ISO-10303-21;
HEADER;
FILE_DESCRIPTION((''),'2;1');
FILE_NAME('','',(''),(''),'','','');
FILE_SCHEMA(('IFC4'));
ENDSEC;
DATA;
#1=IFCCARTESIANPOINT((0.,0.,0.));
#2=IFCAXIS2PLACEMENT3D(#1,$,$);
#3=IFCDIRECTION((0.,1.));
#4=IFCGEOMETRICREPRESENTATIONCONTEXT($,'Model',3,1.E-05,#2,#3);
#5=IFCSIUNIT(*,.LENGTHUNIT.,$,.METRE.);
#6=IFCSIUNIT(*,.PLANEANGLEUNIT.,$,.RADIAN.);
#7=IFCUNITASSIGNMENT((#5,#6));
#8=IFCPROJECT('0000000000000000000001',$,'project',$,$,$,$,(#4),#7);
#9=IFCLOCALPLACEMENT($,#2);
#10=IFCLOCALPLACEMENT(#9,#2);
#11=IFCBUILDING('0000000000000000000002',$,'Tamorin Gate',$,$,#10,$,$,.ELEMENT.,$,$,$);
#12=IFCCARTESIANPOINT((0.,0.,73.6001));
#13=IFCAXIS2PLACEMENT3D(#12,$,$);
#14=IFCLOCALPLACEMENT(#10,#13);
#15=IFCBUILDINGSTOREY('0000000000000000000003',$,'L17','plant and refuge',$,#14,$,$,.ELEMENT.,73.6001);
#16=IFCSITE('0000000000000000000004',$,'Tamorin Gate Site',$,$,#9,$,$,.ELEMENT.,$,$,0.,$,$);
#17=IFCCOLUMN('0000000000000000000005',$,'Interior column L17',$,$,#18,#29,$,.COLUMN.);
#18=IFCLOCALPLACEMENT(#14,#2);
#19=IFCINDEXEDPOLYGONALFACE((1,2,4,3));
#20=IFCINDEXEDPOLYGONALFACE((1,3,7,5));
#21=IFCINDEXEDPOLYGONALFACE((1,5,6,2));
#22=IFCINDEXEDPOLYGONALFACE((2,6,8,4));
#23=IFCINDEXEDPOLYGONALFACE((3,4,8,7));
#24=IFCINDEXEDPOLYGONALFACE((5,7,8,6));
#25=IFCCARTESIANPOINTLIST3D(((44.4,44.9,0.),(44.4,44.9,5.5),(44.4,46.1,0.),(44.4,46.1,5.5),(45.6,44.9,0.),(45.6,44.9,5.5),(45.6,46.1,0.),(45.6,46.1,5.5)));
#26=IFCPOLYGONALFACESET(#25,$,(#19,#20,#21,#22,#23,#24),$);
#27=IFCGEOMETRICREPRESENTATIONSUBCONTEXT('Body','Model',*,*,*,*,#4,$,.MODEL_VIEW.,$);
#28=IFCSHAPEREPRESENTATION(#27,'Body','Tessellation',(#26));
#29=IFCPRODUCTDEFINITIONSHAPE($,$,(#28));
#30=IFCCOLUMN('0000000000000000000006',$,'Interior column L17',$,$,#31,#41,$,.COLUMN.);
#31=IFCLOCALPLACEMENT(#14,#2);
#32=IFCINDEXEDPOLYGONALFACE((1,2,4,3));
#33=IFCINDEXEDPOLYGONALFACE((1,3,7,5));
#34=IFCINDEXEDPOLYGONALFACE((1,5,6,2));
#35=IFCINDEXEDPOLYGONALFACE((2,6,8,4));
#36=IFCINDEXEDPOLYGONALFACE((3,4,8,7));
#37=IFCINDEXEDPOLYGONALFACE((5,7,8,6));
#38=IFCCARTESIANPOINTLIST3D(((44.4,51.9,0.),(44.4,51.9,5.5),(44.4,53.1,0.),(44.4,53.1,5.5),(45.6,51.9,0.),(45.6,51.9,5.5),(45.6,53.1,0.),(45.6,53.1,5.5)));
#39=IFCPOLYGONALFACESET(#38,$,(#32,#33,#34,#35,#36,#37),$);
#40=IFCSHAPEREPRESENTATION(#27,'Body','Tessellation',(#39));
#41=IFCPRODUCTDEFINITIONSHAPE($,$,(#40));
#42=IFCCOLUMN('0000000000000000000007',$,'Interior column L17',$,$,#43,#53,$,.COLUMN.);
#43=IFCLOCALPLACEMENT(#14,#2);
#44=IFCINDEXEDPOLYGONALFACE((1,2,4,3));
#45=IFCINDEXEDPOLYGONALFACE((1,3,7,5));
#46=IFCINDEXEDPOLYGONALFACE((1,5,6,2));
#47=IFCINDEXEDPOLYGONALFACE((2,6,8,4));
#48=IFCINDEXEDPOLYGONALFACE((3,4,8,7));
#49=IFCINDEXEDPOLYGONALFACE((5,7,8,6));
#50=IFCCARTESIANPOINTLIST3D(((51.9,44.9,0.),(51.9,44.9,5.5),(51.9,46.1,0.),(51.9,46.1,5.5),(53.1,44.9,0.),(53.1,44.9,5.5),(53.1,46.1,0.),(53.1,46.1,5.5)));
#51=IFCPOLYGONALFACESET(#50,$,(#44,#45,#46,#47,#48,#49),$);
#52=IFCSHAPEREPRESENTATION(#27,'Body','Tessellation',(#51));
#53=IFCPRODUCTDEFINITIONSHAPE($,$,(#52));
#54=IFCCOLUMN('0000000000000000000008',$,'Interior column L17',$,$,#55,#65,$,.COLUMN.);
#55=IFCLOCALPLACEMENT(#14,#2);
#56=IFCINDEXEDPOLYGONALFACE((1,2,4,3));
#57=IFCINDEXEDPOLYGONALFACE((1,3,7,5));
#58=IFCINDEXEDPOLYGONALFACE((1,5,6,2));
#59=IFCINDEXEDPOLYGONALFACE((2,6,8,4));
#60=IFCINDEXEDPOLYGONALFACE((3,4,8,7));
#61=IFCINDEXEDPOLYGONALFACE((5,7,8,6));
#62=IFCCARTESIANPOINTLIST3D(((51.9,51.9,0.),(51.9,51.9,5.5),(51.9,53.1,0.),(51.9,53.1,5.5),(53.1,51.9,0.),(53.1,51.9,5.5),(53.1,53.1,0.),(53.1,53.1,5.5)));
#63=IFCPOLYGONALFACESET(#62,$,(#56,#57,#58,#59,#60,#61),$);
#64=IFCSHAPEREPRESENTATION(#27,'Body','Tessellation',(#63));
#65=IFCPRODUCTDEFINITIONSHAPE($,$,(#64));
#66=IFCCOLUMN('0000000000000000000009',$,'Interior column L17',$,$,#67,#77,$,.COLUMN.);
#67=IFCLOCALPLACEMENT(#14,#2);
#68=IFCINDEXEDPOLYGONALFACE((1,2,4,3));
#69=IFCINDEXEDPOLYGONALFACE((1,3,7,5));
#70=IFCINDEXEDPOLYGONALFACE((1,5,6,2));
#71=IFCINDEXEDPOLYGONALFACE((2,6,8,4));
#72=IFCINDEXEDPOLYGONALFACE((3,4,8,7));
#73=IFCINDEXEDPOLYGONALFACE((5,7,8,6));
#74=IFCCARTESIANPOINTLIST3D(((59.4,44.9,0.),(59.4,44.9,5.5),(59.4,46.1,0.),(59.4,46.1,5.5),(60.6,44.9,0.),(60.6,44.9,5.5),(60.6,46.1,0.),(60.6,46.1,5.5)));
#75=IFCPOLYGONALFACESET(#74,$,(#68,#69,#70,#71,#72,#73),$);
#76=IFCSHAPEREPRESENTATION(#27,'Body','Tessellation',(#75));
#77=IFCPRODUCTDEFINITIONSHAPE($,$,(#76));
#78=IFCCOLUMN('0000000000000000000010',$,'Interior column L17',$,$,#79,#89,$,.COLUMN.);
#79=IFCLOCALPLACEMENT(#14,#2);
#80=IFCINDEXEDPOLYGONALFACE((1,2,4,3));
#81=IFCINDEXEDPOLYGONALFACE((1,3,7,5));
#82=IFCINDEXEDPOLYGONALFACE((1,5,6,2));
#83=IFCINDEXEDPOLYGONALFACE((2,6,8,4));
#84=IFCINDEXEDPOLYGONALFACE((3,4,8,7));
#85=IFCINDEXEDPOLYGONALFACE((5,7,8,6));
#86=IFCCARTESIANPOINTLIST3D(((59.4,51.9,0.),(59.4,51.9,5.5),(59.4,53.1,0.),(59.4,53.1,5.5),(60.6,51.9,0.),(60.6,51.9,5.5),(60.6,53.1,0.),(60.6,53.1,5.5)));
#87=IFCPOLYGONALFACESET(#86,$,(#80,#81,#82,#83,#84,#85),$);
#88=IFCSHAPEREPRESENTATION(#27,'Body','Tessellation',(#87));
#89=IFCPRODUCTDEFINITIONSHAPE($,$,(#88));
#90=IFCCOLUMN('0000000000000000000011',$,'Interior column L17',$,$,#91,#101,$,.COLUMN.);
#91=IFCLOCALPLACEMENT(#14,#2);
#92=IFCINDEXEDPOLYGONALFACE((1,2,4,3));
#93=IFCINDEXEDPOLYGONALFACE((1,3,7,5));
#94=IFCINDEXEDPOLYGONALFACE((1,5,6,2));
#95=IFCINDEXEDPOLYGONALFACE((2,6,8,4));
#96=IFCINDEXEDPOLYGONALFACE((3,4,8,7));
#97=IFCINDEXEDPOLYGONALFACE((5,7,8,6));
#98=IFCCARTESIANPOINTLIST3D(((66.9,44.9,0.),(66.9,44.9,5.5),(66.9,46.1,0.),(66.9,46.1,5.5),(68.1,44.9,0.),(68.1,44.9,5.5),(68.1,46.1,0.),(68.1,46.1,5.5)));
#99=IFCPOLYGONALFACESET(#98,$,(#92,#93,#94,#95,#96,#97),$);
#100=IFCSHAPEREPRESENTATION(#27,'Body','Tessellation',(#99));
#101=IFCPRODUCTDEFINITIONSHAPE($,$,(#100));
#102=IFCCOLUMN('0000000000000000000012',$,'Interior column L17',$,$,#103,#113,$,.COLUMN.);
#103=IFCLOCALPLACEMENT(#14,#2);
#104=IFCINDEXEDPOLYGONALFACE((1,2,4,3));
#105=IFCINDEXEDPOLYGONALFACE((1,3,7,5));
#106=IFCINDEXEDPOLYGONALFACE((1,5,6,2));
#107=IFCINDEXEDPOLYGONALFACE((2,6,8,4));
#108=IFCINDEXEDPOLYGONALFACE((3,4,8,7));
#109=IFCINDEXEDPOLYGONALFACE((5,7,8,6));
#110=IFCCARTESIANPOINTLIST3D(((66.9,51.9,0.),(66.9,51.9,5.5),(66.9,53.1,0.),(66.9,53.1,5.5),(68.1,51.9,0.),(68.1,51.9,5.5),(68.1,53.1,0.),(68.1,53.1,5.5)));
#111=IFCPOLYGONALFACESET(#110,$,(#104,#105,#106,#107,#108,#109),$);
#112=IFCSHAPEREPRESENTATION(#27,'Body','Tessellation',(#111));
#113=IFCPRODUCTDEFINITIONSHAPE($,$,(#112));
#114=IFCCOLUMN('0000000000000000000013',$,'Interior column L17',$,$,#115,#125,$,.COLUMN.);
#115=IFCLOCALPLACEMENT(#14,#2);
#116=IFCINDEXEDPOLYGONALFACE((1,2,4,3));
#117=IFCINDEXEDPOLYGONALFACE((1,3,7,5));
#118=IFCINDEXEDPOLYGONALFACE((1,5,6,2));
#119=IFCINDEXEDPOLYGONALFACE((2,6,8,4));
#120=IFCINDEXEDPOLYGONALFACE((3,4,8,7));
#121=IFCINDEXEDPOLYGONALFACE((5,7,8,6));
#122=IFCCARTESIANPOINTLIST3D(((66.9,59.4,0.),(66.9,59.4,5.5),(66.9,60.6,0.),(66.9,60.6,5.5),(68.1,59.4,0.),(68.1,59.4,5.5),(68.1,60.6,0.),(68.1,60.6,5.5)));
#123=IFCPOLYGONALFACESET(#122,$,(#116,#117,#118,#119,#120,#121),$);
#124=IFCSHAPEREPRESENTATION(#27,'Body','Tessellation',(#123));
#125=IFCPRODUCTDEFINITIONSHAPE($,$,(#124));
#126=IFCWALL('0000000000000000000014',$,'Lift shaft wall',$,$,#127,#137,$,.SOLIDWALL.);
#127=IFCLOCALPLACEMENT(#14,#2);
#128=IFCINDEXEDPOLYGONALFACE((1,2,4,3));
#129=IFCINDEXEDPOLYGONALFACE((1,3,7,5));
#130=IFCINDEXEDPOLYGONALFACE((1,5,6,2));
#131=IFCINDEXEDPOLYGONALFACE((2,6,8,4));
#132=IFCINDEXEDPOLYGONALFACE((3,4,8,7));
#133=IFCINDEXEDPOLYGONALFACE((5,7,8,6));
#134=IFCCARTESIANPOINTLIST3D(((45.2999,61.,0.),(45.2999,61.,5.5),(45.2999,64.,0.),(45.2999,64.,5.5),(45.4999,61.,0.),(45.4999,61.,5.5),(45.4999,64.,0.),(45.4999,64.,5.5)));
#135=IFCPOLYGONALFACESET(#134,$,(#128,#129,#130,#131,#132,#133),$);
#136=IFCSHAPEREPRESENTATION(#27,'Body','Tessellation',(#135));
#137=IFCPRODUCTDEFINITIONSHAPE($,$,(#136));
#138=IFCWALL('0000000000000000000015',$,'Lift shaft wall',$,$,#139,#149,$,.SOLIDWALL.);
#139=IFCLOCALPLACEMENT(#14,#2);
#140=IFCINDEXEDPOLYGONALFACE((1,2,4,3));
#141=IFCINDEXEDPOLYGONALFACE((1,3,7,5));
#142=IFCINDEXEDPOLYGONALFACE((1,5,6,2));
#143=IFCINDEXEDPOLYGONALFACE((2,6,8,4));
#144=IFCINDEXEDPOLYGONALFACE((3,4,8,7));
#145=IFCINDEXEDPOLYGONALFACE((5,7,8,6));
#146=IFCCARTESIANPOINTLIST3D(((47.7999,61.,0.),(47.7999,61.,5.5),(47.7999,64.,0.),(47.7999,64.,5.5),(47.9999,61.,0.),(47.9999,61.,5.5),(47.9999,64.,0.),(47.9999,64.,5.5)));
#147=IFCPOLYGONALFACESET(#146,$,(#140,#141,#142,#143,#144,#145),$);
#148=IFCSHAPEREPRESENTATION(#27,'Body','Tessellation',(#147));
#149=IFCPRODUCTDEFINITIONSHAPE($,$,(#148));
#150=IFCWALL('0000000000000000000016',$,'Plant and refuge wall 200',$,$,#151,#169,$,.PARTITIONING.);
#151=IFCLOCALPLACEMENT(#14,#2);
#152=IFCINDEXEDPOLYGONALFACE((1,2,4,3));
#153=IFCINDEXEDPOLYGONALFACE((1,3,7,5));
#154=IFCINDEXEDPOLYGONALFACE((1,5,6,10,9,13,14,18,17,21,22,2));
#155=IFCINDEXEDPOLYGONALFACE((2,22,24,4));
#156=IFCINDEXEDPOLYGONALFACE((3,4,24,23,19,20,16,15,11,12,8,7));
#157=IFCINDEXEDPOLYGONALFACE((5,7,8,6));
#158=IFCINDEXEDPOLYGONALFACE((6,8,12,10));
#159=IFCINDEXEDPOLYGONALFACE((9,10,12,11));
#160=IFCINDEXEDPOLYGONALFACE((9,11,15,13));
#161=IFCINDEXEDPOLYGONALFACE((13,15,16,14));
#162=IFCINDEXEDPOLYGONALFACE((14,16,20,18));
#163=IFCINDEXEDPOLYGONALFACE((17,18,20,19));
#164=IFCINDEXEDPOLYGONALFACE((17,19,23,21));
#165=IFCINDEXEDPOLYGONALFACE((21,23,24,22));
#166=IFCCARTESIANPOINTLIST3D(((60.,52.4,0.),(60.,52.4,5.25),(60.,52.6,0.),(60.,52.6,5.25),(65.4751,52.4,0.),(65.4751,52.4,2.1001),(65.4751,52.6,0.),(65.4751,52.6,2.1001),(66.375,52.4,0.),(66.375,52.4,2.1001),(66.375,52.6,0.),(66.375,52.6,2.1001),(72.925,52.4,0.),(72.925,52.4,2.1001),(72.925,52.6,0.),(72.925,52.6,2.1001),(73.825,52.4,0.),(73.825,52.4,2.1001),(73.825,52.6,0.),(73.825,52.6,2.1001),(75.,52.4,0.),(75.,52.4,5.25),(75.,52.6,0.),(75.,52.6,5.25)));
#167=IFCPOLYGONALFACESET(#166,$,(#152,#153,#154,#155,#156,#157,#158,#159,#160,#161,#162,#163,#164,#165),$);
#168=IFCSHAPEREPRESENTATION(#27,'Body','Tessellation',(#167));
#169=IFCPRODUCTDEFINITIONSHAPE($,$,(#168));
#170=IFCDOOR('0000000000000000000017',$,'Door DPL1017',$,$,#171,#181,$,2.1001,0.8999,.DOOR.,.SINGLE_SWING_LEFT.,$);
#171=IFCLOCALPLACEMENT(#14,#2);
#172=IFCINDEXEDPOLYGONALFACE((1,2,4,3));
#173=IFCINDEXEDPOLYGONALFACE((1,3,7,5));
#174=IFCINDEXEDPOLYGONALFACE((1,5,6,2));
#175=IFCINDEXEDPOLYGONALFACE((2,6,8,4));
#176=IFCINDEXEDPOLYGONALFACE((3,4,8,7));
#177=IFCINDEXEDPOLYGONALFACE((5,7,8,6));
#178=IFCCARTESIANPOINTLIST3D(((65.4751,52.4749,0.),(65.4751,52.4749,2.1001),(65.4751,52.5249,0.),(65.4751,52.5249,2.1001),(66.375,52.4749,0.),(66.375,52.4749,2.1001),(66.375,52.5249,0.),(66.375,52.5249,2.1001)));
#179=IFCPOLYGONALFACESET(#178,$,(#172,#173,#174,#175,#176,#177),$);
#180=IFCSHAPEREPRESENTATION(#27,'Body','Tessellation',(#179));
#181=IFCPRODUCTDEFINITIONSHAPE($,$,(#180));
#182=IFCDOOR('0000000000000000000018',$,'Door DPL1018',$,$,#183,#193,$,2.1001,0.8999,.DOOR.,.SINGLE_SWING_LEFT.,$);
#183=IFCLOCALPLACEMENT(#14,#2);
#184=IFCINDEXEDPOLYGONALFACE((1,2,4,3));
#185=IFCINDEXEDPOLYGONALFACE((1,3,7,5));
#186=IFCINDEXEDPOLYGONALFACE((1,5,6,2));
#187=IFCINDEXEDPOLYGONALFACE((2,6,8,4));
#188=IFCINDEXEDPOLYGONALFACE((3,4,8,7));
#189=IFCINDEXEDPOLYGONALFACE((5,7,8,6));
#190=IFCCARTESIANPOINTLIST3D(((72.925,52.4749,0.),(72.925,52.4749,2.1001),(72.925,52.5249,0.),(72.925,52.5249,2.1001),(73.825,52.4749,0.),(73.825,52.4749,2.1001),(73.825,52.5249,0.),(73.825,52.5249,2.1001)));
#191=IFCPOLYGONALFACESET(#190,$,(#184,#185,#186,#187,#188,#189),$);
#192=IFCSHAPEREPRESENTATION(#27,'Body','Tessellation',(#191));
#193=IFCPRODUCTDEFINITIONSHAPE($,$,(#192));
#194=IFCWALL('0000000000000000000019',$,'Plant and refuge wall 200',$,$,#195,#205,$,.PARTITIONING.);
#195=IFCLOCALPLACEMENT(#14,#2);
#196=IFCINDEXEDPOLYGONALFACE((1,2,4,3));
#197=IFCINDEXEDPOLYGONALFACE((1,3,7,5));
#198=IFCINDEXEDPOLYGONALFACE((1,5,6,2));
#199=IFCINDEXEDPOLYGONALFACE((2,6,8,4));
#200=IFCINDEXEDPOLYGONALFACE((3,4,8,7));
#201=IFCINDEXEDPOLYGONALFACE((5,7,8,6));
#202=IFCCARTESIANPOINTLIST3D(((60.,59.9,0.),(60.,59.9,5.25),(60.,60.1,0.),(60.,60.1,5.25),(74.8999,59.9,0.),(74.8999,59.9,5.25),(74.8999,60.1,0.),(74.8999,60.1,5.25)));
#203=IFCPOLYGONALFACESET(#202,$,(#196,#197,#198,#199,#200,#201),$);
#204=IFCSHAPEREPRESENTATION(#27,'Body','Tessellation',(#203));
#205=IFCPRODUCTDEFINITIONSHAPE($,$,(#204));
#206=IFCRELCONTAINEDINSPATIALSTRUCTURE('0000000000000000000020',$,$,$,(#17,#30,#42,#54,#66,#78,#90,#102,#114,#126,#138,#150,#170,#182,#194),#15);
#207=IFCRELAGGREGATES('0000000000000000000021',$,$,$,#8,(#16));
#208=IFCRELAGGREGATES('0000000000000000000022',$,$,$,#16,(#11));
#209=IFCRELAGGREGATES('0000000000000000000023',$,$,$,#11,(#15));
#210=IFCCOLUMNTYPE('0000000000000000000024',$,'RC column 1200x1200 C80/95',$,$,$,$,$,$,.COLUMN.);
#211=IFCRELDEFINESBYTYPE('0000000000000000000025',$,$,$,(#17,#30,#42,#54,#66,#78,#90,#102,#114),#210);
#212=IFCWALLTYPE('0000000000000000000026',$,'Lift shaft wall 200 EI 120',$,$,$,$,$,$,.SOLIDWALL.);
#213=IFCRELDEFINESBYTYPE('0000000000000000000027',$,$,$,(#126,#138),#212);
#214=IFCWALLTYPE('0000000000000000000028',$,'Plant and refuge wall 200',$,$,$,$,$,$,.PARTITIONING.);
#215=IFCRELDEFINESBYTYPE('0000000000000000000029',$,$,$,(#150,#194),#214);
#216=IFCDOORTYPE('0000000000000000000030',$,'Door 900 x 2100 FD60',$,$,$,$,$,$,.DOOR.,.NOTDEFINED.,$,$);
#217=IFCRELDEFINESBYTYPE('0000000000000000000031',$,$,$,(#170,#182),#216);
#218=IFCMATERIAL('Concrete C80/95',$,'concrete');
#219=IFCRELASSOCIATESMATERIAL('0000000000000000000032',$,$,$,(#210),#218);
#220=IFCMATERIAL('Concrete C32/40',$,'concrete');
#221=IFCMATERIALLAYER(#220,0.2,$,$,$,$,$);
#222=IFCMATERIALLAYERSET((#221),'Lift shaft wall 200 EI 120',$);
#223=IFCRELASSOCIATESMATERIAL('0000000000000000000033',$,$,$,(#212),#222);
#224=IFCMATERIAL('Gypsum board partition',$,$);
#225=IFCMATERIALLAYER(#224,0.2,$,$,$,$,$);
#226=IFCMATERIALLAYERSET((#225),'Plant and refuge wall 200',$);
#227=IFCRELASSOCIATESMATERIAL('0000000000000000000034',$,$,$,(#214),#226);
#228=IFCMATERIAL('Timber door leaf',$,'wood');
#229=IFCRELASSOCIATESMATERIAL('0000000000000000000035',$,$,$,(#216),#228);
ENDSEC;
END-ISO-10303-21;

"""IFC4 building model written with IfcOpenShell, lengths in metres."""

from ifc_helpers import new_model, si_unit, direction, frame, frame_2d, origin, origin_2d, place, context, subcontext, project, spatial, rectangle, extrude, material, layer, layer_set, material_profile, profile_set, type_object, element, fill, save


model = new_model("IFC4")

# Units and contexts
model_context = context("Model", 3, precision=1e-05, world=origin(), true_north=direction((0.0, 1.0)))
body_context = subcontext(model_context, "Body", "Model", "MODEL_VIEW")
ifc_project = project(units=[si_unit("LENGTHUNIT", "METRE"), si_unit("PLANEANGLEUNIT", "RADIAN")], contexts=[model_context])

# Site, building, storey
site_placement = place(None, origin())
site = spatial("IfcSite", under=ifc_project, at=site_placement, Name="Tamorin Gate Site", CompositionType="ELEMENT", RefElevation=0.0)
building_placement = place(site_placement, origin())
building = spatial("IfcBuilding", under=site, at=building_placement, Name="Tamorin Gate", CompositionType="ELEMENT")
storey_placement = place(building_placement, frame((0.0, 0.0, 73.6001)))
storey = spatial("IfcBuildingStorey", under=building, at=storey_placement, Name="L17", Description="plant and refuge", CompositionType="ELEMENT", Elevation=73.6001)

# Columns
ifc_material_1 = material(Name="Concrete C80/95", Category="concrete")
ifc_material_profile = material_profile(ifc_material_1, rectangle(XDim=1.2, YDim=1.2, at=origin_2d()), Name="RC 1200x1200")
ifc_profile_set = profile_set([ifc_material_profile], Name="Concrete C80/95")
column_type = type_object("IfcColumnType", Name="RC column 1200x1200 C80/95", PredefinedType="COLUMN", material=ifc_profile_set)
for number, where, z_axis, x_axis, name in (
    (1, (45.0, 45.5, 0.0), (0.0, 0.0, 1.0), (1.0, 0.0, 0.0), "Interior column L17"),
    (2, (45.0, 52.5, 0.0), (0.0, 0.0, 1.0), (1.0, 0.0, 0.0), "Interior column L17"),
    (3, (52.5, 45.5, 0.0), (0.0, 0.0, 1.0), (1.0, 0.0, 0.0), "Interior column L17"),
    (4, (52.5, 52.5, 0.0), (0.0, 0.0, 1.0), (1.0, 0.0, 0.0), "Interior column L17"),
    (5, (60.0, 45.5, 0.0), (0.0, 0.0, 1.0), (1.0, 0.0, 0.0), "Interior column L17"),
    (6, (60.0, 52.5, 0.0), (0.0, 0.0, 1.0), (1.0, 0.0, 0.0), "Interior column L17"),
    (7, (67.5, 45.5, 0.0), (0.0, 0.0, 1.0), (1.0, 0.0, 0.0), "Interior column L17"),
    (8, (67.5, 52.5, 0.0), (0.0, 0.0, 1.0), (1.0, 0.0, 0.0), "Interior column L17"),
    (9, (67.5, 60.0, 0.0), (0.0, 0.0, 1.0), (1.0, 0.0, 0.0), "Interior column L17"),
):
    element("IfcColumn", number, at=place(storey_placement, frame(where, z_axis=z_axis, x_axis=x_axis)), inside=storey, type_object=column_type, Name=name, PredefinedType="COLUMN", context=body_context, shape_type="SweptSolid", body=[
        extrude(rectangle(XDim=1.2, YDim=1.2, at=origin_2d()), origin(), (0.0, 0.0, 1.0), 5.5),
    ])

# Walls
ifc_material_2 = material(Name="Concrete C32/40", Category="concrete")
ifc_layer_1 = layer(ifc_material_2, 0.2)
ifc_layer_set_1 = layer_set([ifc_layer_1], Name="Lift shaft wall 200 EI 120")
wall_type_1 = type_object("IfcWallType", Name="Lift shaft wall 200 EI 120", PredefinedType="SOLIDWALL", material=ifc_layer_set_1)
for number, where, z_axis, x_axis, name in (
    (10, (45.3999, 61.0, 0.0), (0.0, 0.0, 1.0), (0.0, 1.0, 0.0), "Lift shaft wall"),
    (11, (47.8999, 61.0, 0.0), (0.0, 0.0, 1.0), (0.0, 1.0, 0.0), "Lift shaft wall"),
):
    element("IfcWall", number, at=place(storey_placement, frame(where, z_axis=z_axis, x_axis=x_axis)), inside=storey, type_object=wall_type_1, Name=name, PredefinedType="SOLIDWALL", context=body_context, shape_type="SweptSolid", body=[
        extrude(rectangle(XDim=3.0, YDim=0.2, at=frame_2d((1.5, 0.0))), origin(), (0.0, 0.0, 1.0), 5.5),
    ])

# Wall, openings, doors
ifc_material_3 = material(Name="Gypsum board partition")
ifc_layer_2 = layer(ifc_material_3, 0.2)
ifc_layer_set_2 = layer_set([ifc_layer_2], Name="Plant and refuge wall 200")
wall_type_2 = type_object("IfcWallType", Name="Plant and refuge wall 200", PredefinedType="PARTITIONING", material=ifc_layer_set_2)
wall_1_placement = place(storey_placement, frame((60.0, 52.5, 0.0), z_axis=(0.0, 0.0, 1.0), x_axis=(1.0, 0.0, 0.0)))
wall_1 = element("IfcWall", 12, at=wall_1_placement, inside=storey, type_object=wall_type_2, Name="Plant and refuge wall 200", PredefinedType="PARTITIONING", context=body_context, shape_type="SweptSolid", body=[
    extrude(rectangle(XDim=15.0, YDim=0.2, at=frame_2d((7.5, 0.0))), origin(), (0.0, 0.0, 1.0), 5.25),
])
opening_1_placement = place(wall_1_placement, frame((5.4751, 0.0, 0.0)))
opening_1 = element("IfcOpeningElement", 13, at=opening_1_placement, cuts=wall_1, PredefinedType="OPENING", context=body_context, shape_type="SweptSolid", body=[
    extrude(rectangle(XDim=0.8999, YDim=2.1001, at=frame_2d((0.45, 1.05))), frame((0.0, 0.1099, 0.0), z_axis=(0.0, -1.0, 0.0), x_axis=(1.0, 0.0, 0.0)), (0.0, 0.0, 1.0), 0.22),
])
opening_2_placement = place(wall_1_placement, frame((12.925, 0.0, 0.0)))
opening_2 = element("IfcOpeningElement", 14, at=opening_2_placement, cuts=wall_1, PredefinedType="OPENING", context=body_context, shape_type="SweptSolid", body=[
    extrude(rectangle(XDim=0.8999, YDim=2.1001, at=frame_2d((0.45, 1.05))), frame((0.0, 0.1099, 0.0), z_axis=(0.0, -1.0, 0.0), x_axis=(1.0, 0.0, 0.0)), (0.0, 0.0, 1.0), 0.22),
])
ifc_material_4 = material(Name="Timber door leaf", Category="wood")
door_type_1 = type_object("IfcDoorType", Name="Door 900 x 2100 FD60", OperationType="NOTDEFINED", PredefinedType="DOOR", material=ifc_material_4)
door_1_placement = place(opening_1_placement, origin())
door_1 = element("IfcDoor", 15, at=door_1_placement, inside=storey, type_object=door_type_1, Name="Door DPL1017", OperationType="SINGLE_SWING_LEFT", OverallHeight=2.1001, OverallWidth=0.8999, PredefinedType="DOOR", context=body_context, shape_type="SweptSolid", body=[
    extrude(rectangle(XDim=0.8999, YDim=2.1001, at=frame_2d((0.45, 1.05))), frame((0.0, 0.0249, 0.0), z_axis=(0.0, -1.0, 0.0), x_axis=(1.0, 0.0, 0.0)), (0.0, 0.0, 1.0), 0.05),
])
fill(opening_1, door_1)
door_2_placement = place(opening_2_placement, origin())
door_2 = element("IfcDoor", 16, at=door_2_placement, inside=storey, type_object=door_type_1, Name="Door DPL1018", OperationType="SINGLE_SWING_LEFT", OverallHeight=2.1001, OverallWidth=0.8999, PredefinedType="DOOR", context=body_context, shape_type="SweptSolid", body=[
    extrude(rectangle(XDim=0.8999, YDim=2.1001, at=frame_2d((0.45, 1.05))), frame((0.0, 0.0249, 0.0), z_axis=(0.0, -1.0, 0.0), x_axis=(1.0, 0.0, 0.0)), (0.0, 0.0, 1.0), 0.05),
])
fill(opening_2, door_2)

# Wall
wall_2_placement = place(storey_placement, frame((60.0, 60.0, 0.0), z_axis=(0.0, 0.0, 1.0), x_axis=(1.0, 0.0, 0.0)))
element("IfcWall", 17, at=wall_2_placement, inside=storey, type_object=wall_type_2, Name="Plant and refuge wall 200", PredefinedType="PARTITIONING", context=body_context, shape_type="SweptSolid", body=[
    extrude(rectangle(XDim=14.8999, YDim=0.2, at=frame_2d((7.45, 0.0))), origin(), (0.0, 0.0, 1.0), 5.25),
])

save(model, "model.ifc")
